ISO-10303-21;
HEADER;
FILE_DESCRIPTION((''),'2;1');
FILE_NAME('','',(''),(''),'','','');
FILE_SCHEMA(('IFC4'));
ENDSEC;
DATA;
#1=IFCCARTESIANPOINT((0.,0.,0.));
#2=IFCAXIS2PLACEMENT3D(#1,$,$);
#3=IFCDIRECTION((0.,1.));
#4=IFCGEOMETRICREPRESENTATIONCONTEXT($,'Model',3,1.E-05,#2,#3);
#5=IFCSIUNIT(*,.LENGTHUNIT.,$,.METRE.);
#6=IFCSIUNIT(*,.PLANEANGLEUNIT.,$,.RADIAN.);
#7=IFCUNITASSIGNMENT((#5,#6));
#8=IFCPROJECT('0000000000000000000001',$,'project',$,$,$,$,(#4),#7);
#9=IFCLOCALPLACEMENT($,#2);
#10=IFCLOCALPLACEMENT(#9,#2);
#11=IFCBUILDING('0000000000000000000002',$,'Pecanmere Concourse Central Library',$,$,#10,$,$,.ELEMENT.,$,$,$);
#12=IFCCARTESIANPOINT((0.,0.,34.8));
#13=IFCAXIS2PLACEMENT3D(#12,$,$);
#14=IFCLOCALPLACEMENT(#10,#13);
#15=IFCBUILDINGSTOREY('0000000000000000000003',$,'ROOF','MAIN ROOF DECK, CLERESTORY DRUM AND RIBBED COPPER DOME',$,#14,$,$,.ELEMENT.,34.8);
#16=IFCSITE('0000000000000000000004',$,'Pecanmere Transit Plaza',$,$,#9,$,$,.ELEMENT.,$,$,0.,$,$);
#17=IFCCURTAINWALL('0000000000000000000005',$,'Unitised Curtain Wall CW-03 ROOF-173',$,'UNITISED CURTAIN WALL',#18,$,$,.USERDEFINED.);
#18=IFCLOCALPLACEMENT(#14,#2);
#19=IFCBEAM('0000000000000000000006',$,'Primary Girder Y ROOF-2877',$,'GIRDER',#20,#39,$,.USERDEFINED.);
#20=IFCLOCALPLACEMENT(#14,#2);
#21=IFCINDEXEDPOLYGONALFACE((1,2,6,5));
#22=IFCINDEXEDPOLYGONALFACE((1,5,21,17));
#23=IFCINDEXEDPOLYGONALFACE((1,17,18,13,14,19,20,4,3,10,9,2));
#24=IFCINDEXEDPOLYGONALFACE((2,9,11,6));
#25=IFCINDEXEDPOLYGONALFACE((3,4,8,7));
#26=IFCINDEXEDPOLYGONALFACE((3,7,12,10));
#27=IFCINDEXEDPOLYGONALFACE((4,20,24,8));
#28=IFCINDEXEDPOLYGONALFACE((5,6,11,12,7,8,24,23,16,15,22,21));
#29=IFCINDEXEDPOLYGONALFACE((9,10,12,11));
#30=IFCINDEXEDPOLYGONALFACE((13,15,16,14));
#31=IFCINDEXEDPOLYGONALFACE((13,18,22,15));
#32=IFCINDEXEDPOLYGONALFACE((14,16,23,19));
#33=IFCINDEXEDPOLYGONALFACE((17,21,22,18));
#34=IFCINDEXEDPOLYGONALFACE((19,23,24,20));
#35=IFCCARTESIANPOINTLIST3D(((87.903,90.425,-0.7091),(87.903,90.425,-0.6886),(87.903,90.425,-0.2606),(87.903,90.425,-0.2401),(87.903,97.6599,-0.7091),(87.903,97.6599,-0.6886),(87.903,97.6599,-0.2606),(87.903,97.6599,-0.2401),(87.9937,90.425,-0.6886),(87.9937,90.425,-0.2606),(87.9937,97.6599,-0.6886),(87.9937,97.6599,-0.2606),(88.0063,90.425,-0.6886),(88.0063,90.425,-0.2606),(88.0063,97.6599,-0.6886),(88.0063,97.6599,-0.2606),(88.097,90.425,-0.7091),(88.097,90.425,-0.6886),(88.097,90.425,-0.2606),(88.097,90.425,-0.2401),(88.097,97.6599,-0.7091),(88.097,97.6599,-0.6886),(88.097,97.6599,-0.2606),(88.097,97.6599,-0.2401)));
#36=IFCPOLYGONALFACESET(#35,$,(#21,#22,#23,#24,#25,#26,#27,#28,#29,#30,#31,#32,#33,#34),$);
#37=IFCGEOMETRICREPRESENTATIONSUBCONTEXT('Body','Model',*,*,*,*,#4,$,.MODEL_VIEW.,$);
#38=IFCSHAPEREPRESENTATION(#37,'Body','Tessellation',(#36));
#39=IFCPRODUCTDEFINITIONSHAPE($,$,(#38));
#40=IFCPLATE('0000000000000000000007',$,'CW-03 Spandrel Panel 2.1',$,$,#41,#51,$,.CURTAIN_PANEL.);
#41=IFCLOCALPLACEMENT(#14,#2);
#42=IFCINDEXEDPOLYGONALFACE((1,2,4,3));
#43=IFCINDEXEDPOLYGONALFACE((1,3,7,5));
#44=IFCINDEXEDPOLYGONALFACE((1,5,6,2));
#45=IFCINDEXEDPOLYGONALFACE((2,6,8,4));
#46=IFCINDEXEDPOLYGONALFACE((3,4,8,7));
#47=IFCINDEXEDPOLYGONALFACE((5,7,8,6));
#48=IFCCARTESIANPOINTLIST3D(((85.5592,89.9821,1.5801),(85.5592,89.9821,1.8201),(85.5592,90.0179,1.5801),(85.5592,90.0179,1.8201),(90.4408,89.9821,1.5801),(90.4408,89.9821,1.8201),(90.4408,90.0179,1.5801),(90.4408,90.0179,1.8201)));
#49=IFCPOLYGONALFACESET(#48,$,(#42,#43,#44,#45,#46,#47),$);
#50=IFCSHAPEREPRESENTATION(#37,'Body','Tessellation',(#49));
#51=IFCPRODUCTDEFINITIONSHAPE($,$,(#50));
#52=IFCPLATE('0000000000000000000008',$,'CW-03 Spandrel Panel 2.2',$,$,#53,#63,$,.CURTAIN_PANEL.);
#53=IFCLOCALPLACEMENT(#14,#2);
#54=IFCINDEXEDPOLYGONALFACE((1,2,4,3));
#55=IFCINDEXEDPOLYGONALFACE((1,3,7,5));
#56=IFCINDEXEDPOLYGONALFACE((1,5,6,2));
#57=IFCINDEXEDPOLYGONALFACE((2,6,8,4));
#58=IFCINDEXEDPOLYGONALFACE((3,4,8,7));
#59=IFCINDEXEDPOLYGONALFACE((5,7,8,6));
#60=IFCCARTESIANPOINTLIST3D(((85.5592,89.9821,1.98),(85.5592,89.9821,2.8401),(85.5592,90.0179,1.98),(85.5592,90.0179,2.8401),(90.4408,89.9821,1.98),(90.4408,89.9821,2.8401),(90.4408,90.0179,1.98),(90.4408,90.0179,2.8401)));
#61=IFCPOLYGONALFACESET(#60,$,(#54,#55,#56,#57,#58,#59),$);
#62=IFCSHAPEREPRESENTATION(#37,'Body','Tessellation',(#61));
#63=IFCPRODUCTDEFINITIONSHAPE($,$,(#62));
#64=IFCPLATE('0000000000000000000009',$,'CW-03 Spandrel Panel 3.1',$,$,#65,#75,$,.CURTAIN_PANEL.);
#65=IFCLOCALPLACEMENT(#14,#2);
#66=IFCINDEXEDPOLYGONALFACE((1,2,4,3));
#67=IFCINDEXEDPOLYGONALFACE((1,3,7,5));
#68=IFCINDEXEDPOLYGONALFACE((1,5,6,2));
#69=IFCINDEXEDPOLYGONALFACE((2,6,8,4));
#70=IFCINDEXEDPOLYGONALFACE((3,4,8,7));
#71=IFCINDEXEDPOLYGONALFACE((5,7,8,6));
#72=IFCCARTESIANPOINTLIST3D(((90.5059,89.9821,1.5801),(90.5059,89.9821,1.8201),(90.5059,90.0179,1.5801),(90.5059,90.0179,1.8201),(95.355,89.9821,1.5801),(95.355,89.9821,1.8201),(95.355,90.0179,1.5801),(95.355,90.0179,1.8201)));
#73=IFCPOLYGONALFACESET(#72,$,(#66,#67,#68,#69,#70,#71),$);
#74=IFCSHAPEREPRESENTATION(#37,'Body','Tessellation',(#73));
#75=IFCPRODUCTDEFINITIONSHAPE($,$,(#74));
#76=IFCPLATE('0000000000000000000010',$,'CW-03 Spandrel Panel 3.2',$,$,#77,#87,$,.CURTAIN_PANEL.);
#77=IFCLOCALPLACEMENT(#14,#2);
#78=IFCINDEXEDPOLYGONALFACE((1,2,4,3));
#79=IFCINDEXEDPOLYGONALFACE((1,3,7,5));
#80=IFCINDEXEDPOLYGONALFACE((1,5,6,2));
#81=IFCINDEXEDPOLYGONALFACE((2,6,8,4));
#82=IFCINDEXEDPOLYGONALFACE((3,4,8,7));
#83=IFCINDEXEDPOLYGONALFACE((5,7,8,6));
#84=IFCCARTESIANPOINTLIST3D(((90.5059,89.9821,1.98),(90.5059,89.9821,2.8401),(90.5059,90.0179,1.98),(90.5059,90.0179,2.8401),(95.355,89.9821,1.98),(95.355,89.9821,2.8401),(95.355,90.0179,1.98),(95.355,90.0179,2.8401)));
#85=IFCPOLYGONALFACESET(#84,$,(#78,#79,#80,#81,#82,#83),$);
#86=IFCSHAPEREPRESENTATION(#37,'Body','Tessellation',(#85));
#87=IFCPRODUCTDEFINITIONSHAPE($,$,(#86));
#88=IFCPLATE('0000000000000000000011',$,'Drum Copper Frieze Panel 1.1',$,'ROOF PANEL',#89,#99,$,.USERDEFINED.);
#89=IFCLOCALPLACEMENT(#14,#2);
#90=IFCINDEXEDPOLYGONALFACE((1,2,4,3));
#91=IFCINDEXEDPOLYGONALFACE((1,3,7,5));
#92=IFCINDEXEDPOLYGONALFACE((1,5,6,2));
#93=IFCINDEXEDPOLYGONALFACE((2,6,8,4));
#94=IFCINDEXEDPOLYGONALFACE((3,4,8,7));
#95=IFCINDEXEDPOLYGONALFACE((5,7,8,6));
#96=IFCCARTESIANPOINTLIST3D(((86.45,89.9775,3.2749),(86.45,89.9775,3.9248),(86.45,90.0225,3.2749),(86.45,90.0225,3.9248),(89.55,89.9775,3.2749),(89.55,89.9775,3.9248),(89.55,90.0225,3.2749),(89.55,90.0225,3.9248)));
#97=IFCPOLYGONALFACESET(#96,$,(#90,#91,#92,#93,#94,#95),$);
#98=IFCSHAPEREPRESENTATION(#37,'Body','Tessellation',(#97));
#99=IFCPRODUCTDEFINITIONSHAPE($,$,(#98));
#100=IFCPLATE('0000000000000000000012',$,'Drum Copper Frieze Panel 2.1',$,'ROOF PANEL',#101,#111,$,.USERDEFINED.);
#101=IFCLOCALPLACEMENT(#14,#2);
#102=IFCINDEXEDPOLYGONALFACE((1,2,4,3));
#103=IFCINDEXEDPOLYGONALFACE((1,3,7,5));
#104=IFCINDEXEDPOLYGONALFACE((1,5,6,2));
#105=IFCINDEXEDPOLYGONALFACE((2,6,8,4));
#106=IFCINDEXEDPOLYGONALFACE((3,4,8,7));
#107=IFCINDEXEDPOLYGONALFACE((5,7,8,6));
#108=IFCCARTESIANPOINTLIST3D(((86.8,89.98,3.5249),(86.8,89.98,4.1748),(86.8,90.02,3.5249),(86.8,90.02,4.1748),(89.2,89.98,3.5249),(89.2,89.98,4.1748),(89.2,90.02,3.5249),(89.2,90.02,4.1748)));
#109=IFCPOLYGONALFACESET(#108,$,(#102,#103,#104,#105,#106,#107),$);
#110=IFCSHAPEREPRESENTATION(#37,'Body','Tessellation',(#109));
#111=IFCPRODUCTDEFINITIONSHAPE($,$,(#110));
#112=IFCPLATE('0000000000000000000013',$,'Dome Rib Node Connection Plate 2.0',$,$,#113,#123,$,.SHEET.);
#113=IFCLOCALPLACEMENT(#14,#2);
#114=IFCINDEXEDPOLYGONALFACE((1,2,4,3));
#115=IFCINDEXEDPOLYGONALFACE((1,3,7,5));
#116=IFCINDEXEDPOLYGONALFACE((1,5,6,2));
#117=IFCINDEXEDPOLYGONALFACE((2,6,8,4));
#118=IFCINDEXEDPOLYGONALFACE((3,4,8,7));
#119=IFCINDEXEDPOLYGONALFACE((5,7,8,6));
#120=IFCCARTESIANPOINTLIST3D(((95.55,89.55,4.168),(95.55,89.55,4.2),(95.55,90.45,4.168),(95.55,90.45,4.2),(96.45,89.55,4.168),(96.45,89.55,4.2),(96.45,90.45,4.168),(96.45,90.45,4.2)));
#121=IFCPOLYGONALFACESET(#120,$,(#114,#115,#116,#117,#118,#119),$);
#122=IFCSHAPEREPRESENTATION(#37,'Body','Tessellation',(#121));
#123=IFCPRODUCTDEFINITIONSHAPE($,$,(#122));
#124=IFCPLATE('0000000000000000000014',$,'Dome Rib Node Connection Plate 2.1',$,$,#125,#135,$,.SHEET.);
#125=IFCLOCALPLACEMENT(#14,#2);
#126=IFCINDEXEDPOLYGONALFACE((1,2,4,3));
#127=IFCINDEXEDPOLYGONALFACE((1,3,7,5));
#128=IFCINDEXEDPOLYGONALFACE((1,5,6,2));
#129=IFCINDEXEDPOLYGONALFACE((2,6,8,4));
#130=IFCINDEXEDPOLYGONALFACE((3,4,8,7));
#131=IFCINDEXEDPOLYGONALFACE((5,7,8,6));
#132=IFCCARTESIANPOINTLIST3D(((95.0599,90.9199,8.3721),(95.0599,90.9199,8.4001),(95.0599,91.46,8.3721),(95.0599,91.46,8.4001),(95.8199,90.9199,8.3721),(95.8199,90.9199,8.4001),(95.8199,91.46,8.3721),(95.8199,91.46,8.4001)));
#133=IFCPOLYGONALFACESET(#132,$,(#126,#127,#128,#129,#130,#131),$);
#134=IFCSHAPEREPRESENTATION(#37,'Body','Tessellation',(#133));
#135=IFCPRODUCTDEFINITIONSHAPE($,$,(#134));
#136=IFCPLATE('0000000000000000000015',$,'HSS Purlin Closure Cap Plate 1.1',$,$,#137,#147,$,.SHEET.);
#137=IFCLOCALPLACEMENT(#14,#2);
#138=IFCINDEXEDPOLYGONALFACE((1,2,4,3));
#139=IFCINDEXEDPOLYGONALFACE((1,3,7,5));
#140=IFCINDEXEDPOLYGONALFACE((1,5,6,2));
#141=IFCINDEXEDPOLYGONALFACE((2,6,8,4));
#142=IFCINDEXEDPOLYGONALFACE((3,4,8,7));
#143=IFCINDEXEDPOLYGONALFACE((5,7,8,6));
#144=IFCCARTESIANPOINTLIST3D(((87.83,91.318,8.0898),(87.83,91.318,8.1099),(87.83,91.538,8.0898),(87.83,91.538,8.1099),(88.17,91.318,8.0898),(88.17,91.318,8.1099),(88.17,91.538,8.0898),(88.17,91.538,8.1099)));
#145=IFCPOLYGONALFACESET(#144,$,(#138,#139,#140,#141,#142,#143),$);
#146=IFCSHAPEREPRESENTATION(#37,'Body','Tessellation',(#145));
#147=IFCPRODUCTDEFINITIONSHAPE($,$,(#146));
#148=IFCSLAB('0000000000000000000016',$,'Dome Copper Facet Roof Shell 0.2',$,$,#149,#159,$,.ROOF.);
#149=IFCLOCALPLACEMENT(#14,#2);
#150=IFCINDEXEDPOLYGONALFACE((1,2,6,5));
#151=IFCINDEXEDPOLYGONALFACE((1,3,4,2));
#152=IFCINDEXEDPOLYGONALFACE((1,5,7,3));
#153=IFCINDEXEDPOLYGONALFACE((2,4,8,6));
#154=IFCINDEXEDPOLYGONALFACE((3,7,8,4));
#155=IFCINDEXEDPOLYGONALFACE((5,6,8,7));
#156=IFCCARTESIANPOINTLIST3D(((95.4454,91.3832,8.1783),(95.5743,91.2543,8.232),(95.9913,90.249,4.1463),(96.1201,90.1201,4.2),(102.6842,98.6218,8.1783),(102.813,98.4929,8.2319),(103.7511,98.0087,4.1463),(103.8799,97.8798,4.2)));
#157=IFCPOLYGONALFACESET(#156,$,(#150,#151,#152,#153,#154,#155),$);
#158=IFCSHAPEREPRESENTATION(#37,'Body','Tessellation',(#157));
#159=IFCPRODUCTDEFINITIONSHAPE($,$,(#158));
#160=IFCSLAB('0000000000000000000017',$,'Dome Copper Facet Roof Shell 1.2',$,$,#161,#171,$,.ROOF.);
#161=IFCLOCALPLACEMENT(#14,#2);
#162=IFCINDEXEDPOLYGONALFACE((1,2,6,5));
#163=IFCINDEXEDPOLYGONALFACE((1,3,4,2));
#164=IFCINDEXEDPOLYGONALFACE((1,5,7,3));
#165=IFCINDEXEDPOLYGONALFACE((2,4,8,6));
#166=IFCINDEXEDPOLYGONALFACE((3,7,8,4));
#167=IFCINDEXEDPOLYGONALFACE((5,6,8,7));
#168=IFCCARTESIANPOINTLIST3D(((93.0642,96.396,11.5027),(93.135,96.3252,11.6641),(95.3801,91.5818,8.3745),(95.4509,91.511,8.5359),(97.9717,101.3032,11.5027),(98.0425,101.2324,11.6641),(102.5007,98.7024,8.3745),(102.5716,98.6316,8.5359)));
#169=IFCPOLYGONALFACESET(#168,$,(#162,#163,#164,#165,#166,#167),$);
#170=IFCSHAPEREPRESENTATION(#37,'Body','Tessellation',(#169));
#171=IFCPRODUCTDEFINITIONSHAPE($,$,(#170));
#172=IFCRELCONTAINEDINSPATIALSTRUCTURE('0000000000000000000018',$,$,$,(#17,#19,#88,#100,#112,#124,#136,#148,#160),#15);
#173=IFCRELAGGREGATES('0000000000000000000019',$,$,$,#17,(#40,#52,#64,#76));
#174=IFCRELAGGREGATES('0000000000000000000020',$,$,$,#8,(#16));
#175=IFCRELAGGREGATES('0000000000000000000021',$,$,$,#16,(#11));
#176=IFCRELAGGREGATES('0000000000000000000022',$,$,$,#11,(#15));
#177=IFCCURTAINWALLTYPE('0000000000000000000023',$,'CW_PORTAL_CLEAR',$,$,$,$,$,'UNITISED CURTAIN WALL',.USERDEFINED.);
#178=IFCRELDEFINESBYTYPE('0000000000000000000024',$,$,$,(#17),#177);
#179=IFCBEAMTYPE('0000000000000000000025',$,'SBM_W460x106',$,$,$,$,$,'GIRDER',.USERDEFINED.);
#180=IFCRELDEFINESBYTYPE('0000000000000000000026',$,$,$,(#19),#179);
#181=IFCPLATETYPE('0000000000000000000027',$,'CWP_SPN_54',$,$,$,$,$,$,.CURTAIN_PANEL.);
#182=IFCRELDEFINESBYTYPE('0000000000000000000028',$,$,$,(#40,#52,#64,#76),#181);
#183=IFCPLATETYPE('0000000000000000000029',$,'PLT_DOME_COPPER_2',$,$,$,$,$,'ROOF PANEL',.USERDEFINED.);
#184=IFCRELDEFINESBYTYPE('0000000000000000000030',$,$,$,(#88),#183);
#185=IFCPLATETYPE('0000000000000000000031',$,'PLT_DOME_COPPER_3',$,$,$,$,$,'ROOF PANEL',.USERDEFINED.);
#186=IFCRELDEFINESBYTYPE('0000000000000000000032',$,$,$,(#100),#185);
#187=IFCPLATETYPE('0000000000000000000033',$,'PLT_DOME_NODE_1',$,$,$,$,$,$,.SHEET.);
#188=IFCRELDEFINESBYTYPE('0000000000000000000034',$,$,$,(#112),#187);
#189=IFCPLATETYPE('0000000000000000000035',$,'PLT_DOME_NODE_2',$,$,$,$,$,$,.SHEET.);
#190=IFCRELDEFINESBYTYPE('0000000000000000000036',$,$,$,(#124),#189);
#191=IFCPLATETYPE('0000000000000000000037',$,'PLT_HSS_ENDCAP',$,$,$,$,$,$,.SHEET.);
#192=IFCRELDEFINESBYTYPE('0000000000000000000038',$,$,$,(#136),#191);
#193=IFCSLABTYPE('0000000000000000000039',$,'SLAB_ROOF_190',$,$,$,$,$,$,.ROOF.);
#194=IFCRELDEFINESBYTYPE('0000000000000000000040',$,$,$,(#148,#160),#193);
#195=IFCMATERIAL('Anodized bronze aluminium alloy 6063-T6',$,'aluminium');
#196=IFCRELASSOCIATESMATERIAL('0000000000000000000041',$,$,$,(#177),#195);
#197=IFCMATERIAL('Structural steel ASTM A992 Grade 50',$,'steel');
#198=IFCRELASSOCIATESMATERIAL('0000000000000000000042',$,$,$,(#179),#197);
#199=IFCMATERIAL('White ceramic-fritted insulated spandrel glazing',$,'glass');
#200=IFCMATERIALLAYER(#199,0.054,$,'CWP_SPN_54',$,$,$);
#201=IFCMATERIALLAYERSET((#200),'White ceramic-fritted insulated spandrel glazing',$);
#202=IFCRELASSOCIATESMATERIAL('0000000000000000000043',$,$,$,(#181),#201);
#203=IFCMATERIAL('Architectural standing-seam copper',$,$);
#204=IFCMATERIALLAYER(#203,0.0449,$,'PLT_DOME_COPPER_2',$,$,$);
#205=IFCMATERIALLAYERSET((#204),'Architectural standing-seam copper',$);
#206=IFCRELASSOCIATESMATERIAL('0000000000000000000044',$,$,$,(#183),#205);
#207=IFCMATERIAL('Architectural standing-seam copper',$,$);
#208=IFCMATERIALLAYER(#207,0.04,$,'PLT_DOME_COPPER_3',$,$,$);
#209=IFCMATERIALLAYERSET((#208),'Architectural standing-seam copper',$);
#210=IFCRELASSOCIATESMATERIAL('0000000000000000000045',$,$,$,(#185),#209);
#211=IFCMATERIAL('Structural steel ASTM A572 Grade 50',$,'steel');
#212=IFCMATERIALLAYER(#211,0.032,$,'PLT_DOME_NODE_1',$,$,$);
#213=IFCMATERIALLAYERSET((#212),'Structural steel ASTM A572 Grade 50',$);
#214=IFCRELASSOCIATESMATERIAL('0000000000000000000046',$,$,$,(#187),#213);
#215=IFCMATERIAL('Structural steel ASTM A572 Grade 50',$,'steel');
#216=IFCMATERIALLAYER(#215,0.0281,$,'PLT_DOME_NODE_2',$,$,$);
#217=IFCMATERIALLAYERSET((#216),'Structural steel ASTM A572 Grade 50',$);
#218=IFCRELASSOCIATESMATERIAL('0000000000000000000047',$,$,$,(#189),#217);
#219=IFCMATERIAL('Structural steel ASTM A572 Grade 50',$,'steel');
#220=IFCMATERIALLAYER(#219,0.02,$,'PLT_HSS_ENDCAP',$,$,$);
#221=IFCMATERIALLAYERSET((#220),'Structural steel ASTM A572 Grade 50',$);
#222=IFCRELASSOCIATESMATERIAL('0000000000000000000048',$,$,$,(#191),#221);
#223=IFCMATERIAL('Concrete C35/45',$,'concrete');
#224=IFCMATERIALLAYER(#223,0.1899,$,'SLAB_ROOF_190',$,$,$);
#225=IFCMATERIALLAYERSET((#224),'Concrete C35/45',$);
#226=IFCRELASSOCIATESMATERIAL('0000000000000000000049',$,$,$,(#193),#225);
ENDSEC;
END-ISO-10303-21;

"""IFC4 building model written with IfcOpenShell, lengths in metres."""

from ifc_helpers import new_model, si_unit, direction, frame, origin, origin_2d, place, context, subcontext, project, spatial, polyline, rectangle, i_section, outline, extrude, material, layer, layer_set, material_profile, profile_set, type_object, element, aggregate, save


model = new_model("IFC4")

# Units and contexts
model_context = context("Model", 3, precision=1e-05, world=origin(), true_north=direction((0.0, 1.0)))
body_context = subcontext(model_context, "Body", "Model", "MODEL_VIEW")
ifc_project = project(units=[si_unit("LENGTHUNIT", "METRE"), si_unit("PLANEANGLEUNIT", "RADIAN")], contexts=[model_context])

# Site, building, storey
site_placement = place(None, origin())
site = spatial("IfcSite", under=ifc_project, at=site_placement, Name="Pecanmere Transit Plaza", CompositionType="ELEMENT", RefElevation=0.0)
building_placement = place(site_placement, origin())
building = spatial("IfcBuilding", under=site, at=building_placement, Name="Pecanmere Concourse Central Library", CompositionType="ELEMENT")
storey_placement = place(building_placement, frame((0.0, 0.0, 34.8)))
storey = spatial("IfcBuildingStorey", under=building, at=storey_placement, Name="ROOF", Description="MAIN ROOF DECK, CLERESTORY DRUM AND RIBBED COPPER DOME", CompositionType="ELEMENT", Elevation=34.8)

# Curtain wall
ifc_material_1 = material(Name="Anodized bronze aluminium alloy 6063-T6", Category="aluminium")
curtain_wall_type = type_object("IfcCurtainWallType", Name="CW_PORTAL_CLEAR", ElementType="UNITISED CURTAIN WALL", PredefinedType="USERDEFINED", material=ifc_material_1)
curtain_wall_placement = place(storey_placement, origin())
curtain_wall = element("IfcCurtainWall", 1, at=curtain_wall_placement, inside=storey, type_object=curtain_wall_type, Name="Unitised Curtain Wall CW-03 ROOF-173", ObjectType="UNITISED CURTAIN WALL", PredefinedType="USERDEFINED")

# Beam
ifc_material_2 = material(Name="Structural steel ASTM A992 Grade 50", Category="steel")
ifc_material_profile_1 = material_profile(ifc_material_2, i_section(OverallWidth=0.1941, OverallDepth=0.469, WebThickness=0.0127, FlangeThickness=0.0205, at=origin_2d()), Name="W460x106")
ifc_profile_set_1 = profile_set([ifc_material_profile_1], Name="Structural steel ASTM A992 Grade 50")
beam_type_1 = type_object("IfcBeamType", Name="SBM_W460x106", ElementType="GIRDER", PredefinedType="USERDEFINED", material=ifc_profile_set_1)
beam_1_placement = place(storey_placement, frame((88.0, 90.425, -0.4746), z_axis=(0.0, 1.0, 0.0), x_axis=(-1.0, 0.0, 0.0)))
element("IfcBeam", 2, at=beam_1_placement, inside=storey, type_object=beam_type_1, Name="Primary Girder Y ROOF-2877", ObjectType="GIRDER", PredefinedType="USERDEFINED", context=body_context, shape_type="SweptSolid", body=[
    extrude(i_section(OverallWidth=0.1941, OverallDepth=0.469, WebThickness=0.0127, FlangeThickness=0.0205, at=origin_2d()), origin(), (0.0, 0.0, 1.0), 7.2349),
])

# Plates
ifc_material_3 = material(Name="White ceramic-fritted insulated spandrel glazing", Category="glass")
ifc_layer_1 = layer(ifc_material_3, 0.054, Name="CWP_SPN_54")
ifc_layer_set_1 = layer_set([ifc_layer_1], Name="White ceramic-fritted insulated spandrel glazing")
plate_type_1 = type_object("IfcPlateType", Name="CWP_SPN_54", PredefinedType="CURTAIN_PANEL", material=ifc_layer_set_1)
plate_1_placement = place(storey_placement, frame((88.0, 90.0, 1.5801), z_axis=(0.0, 0.0, 1.0), x_axis=(1.0, 0.0, 0.0)))
plate_1 = element("IfcPlate", 3, at=plate_1_placement, type_object=plate_type_1, Name="CW-03 Spandrel Panel 2.1", PredefinedType="CURTAIN_PANEL", context=body_context, shape_type="SweptSolid", body=[
    extrude(rectangle(XDim=4.8816, YDim=0.0359, at=origin_2d()), origin(), (0.0, 0.0, 1.0), 0.24),
])
plate_2_placement = place(storey_placement, frame((88.0, 90.0, 1.98), z_axis=(0.0, 0.0, 1.0), x_axis=(1.0, 0.0, 0.0)))
plate_2 = element("IfcPlate", 4, at=plate_2_placement, type_object=plate_type_1, Name="CW-03 Spandrel Panel 2.2", PredefinedType="CURTAIN_PANEL", context=body_context, shape_type="SweptSolid", body=[
    extrude(rectangle(XDim=4.8816, YDim=0.0359, at=origin_2d()), origin(), (0.0, 0.0, 1.0), 0.8601),
])
plate_3_placement = place(storey_placement, frame((92.9304, 90.0, 1.5801), z_axis=(0.0, 0.0, 1.0), x_axis=(1.0, 0.0, 0.0)))
plate_3 = element("IfcPlate", 5, at=plate_3_placement, type_object=plate_type_1, Name="CW-03 Spandrel Panel 3.1", PredefinedType="CURTAIN_PANEL", context=body_context, shape_type="SweptSolid", body=[
    extrude(rectangle(XDim=4.8491, YDim=0.0359, at=origin_2d()), origin(), (0.0, 0.0, 1.0), 0.24),
])
plate_4_placement = place(storey_placement, frame((92.9304, 90.0, 1.98), z_axis=(0.0, 0.0, 1.0), x_axis=(1.0, 0.0, 0.0)))
plate_4 = element("IfcPlate", 6, at=plate_4_placement, type_object=plate_type_1, Name="CW-03 Spandrel Panel 3.2", PredefinedType="CURTAIN_PANEL", context=body_context, shape_type="SweptSolid", body=[
    extrude(rectangle(XDim=4.8491, YDim=0.0359, at=origin_2d()), origin(), (0.0, 0.0, 1.0), 0.8601),
])
aggregate(curtain_wall, [plate_1, plate_2, plate_3, plate_4])

# Plates
ifc_material_4 = material(Name="Architectural standing-seam copper")
ifc_layer_2 = layer(ifc_material_4, 0.0449, Name="PLT_DOME_COPPER_2")
ifc_layer_set_2 = layer_set([ifc_layer_2], Name="Architectural standing-seam copper")
plate_type_2 = type_object("IfcPlateType", Name="PLT_DOME_COPPER_2", ElementType="ROOF PANEL", PredefinedType="USERDEFINED", material=ifc_layer_set_2)
plate_5_placement = place(storey_placement, frame((88.0, 90.0, 3.2749), z_axis=(0.0, 0.0, 1.0), x_axis=(1.0, 0.0, 0.0)))
element("IfcPlate", 7, at=plate_5_placement, inside=storey, type_object=plate_type_2, Name="Drum Copper Frieze Panel 1.1", ObjectType="ROOF PANEL", PredefinedType="USERDEFINED", context=body_context, shape_type="SweptSolid", body=[
    extrude(rectangle(XDim=3.1001, YDim=0.0449, at=origin_2d()), origin(), (0.0, 0.0, 1.0), 0.6499),
])
ifc_material_5 = material(Name="Architectural standing-seam copper")
ifc_layer_3 = layer(ifc_material_5, 0.04, Name="PLT_DOME_COPPER_3")
ifc_layer_set_3 = layer_set([ifc_layer_3], Name="Architectural standing-seam copper")
plate_type_3 = type_object("IfcPlateType", Name="PLT_DOME_COPPER_3", ElementType="ROOF PANEL", PredefinedType="USERDEFINED", material=ifc_layer_set_3)
plate_6_placement = place(storey_placement, frame((88.0, 90.0, 3.5249), z_axis=(0.0, 0.0, 1.0), x_axis=(1.0, 0.0, 0.0)))
element("IfcPlate", 8, at=plate_6_placement, inside=storey, type_object=plate_type_3, Name="Drum Copper Frieze Panel 2.1", ObjectType="ROOF PANEL", PredefinedType="USERDEFINED", context=body_context, shape_type="SweptSolid", body=[
    extrude(rectangle(XDim=2.3999, YDim=0.04, at=origin_2d()), origin(), (0.0, 0.0, 1.0), 0.6499),
])
ifc_material_6 = material(Name="Structural steel ASTM A572 Grade 50", Category="steel")
ifc_layer_4 = layer(ifc_material_6, 0.032, Name="PLT_DOME_NODE_1")
ifc_layer_set_4 = layer_set([ifc_layer_4], Name="Structural steel ASTM A572 Grade 50")
plate_type_4 = type_object("IfcPlateType", Name="PLT_DOME_NODE_1", PredefinedType="SHEET", material=ifc_layer_set_4)
plate_7_placement = place(storey_placement, frame((96.0, 90.0, 4.168), z_axis=(0.0, 0.0, 1.0), x_axis=(1.0, 0.0, 0.0)))
element("IfcPlate", 9, at=plate_7_placement, inside=storey, type_object=plate_type_4, Name="Dome Rib Node Connection Plate 2.0", PredefinedType="SHEET", context=body_context, shape_type="SweptSolid", body=[
    extrude(rectangle(XDim=0.8999, YDim=0.8999, at=origin_2d()), origin(), (0.0, 0.0, 1.0), 0.032),
])
ifc_material_7 = material(Name="Structural steel ASTM A572 Grade 50", Category="steel")
ifc_layer_5 = layer(ifc_material_7, 0.0281, Name="PLT_DOME_NODE_2")
ifc_layer_set_5 = layer_set([ifc_layer_5], Name="Structural steel ASTM A572 Grade 50")
plate_type_5 = type_object("IfcPlateType", Name="PLT_DOME_NODE_2", PredefinedType="SHEET", material=ifc_layer_set_5)
plate_8_placement = place(storey_placement, frame((95.4399, 91.1899, 8.3721), z_axis=(0.0, 0.0, 1.0), x_axis=(1.0, 0.0, 0.0)))
element("IfcPlate", 10, at=plate_8_placement, inside=storey, type_object=plate_type_5, Name="Dome Rib Node Connection Plate 2.1", PredefinedType="SHEET", context=body_context, shape_type="SweptSolid", body=[
    extrude(rectangle(XDim=0.76, YDim=0.54, at=origin_2d()), origin(), (0.0, 0.0, 1.0), 0.0281),
])
ifc_material_8 = material(Name="Structural steel ASTM A572 Grade 50", Category="steel")
ifc_layer_6 = layer(ifc_material_8, 0.02, Name="PLT_HSS_ENDCAP")
ifc_layer_set_6 = layer_set([ifc_layer_6], Name="Structural steel ASTM A572 Grade 50")
plate_type_6 = type_object("IfcPlateType", Name="PLT_HSS_ENDCAP", PredefinedType="SHEET", material=ifc_layer_set_6)
plate_9_placement = place(storey_placement, frame((88.0, 91.428, 8.0898), z_axis=(0.0, 0.0, 1.0), x_axis=(1.0, 0.0, 0.0)))
element("IfcPlate", 11, at=plate_9_placement, inside=storey, type_object=plate_type_6, Name="HSS Purlin Closure Cap Plate 1.1", PredefinedType="SHEET", context=body_context, shape_type="SweptSolid", body=[
    extrude(rectangle(XDim=0.3401, YDim=0.22, at=origin_2d()), origin(), (0.0, 0.0, 1.0), 0.02),
])

# Slabs
ifc_material_9 = material(Name="Concrete C35/45", Category="concrete")
ifc_layer_7 = layer(ifc_material_9, 0.1899, Name="SLAB_ROOF_190")
ifc_layer_set_7 = layer_set([ifc_layer_7], Name="Concrete C35/45")
slab_type = type_object("IfcSlabType", Name="SLAB_ROOF_190", PredefinedType="ROOF", material=ifc_layer_set_7)
slab_1_placement = place(storey_placement, frame((96.1201, 90.1201, 4.2), z_axis=(0.678273, -0.678284, 0.282626), x_axis=(0.707112, 0.707101, 0.000002)))
element("IfcSlab", 12, at=slab_1_placement, inside=storey, type_object=slab_type, Name="Dome Copper Facet Roof Shell 0.2", PredefinedType="ROOF", context=body_context, shape_type="SweptSolid", body=[
    extrude(outline(polyline([(0.0, 0.0), (10.974, 0.0), (10.653, 4.2033), (0.416, 4.2034), (0.0, 0.0)])), origin(), (0.0, 0.0, -1.0), 0.1899),
])
slab_2_placement = place(storey_placement, frame((95.4509, 91.511, 8.5359), z_axis=(0.3728, -0.372807, 0.849726), x_axis=(0.707109, 0.707105, 0.000005)))
element("IfcSlab", 13, at=slab_2_placement, inside=storey, type_object=slab_type, Name="Dome Copper Facet Roof Shell 1.2", PredefinedType="ROOF", context=body_context, shape_type="SweptSolid", body=[
    extrude(outline(polyline([(0.0, 0.0), (10.0701, 0.0), (8.7066, 5.9332), (1.7666, 5.9334), (0.0, 0.0)])), origin(), (0.0, 0.0, -1.0), 0.1899),
])

save(model, "model.ifc")
